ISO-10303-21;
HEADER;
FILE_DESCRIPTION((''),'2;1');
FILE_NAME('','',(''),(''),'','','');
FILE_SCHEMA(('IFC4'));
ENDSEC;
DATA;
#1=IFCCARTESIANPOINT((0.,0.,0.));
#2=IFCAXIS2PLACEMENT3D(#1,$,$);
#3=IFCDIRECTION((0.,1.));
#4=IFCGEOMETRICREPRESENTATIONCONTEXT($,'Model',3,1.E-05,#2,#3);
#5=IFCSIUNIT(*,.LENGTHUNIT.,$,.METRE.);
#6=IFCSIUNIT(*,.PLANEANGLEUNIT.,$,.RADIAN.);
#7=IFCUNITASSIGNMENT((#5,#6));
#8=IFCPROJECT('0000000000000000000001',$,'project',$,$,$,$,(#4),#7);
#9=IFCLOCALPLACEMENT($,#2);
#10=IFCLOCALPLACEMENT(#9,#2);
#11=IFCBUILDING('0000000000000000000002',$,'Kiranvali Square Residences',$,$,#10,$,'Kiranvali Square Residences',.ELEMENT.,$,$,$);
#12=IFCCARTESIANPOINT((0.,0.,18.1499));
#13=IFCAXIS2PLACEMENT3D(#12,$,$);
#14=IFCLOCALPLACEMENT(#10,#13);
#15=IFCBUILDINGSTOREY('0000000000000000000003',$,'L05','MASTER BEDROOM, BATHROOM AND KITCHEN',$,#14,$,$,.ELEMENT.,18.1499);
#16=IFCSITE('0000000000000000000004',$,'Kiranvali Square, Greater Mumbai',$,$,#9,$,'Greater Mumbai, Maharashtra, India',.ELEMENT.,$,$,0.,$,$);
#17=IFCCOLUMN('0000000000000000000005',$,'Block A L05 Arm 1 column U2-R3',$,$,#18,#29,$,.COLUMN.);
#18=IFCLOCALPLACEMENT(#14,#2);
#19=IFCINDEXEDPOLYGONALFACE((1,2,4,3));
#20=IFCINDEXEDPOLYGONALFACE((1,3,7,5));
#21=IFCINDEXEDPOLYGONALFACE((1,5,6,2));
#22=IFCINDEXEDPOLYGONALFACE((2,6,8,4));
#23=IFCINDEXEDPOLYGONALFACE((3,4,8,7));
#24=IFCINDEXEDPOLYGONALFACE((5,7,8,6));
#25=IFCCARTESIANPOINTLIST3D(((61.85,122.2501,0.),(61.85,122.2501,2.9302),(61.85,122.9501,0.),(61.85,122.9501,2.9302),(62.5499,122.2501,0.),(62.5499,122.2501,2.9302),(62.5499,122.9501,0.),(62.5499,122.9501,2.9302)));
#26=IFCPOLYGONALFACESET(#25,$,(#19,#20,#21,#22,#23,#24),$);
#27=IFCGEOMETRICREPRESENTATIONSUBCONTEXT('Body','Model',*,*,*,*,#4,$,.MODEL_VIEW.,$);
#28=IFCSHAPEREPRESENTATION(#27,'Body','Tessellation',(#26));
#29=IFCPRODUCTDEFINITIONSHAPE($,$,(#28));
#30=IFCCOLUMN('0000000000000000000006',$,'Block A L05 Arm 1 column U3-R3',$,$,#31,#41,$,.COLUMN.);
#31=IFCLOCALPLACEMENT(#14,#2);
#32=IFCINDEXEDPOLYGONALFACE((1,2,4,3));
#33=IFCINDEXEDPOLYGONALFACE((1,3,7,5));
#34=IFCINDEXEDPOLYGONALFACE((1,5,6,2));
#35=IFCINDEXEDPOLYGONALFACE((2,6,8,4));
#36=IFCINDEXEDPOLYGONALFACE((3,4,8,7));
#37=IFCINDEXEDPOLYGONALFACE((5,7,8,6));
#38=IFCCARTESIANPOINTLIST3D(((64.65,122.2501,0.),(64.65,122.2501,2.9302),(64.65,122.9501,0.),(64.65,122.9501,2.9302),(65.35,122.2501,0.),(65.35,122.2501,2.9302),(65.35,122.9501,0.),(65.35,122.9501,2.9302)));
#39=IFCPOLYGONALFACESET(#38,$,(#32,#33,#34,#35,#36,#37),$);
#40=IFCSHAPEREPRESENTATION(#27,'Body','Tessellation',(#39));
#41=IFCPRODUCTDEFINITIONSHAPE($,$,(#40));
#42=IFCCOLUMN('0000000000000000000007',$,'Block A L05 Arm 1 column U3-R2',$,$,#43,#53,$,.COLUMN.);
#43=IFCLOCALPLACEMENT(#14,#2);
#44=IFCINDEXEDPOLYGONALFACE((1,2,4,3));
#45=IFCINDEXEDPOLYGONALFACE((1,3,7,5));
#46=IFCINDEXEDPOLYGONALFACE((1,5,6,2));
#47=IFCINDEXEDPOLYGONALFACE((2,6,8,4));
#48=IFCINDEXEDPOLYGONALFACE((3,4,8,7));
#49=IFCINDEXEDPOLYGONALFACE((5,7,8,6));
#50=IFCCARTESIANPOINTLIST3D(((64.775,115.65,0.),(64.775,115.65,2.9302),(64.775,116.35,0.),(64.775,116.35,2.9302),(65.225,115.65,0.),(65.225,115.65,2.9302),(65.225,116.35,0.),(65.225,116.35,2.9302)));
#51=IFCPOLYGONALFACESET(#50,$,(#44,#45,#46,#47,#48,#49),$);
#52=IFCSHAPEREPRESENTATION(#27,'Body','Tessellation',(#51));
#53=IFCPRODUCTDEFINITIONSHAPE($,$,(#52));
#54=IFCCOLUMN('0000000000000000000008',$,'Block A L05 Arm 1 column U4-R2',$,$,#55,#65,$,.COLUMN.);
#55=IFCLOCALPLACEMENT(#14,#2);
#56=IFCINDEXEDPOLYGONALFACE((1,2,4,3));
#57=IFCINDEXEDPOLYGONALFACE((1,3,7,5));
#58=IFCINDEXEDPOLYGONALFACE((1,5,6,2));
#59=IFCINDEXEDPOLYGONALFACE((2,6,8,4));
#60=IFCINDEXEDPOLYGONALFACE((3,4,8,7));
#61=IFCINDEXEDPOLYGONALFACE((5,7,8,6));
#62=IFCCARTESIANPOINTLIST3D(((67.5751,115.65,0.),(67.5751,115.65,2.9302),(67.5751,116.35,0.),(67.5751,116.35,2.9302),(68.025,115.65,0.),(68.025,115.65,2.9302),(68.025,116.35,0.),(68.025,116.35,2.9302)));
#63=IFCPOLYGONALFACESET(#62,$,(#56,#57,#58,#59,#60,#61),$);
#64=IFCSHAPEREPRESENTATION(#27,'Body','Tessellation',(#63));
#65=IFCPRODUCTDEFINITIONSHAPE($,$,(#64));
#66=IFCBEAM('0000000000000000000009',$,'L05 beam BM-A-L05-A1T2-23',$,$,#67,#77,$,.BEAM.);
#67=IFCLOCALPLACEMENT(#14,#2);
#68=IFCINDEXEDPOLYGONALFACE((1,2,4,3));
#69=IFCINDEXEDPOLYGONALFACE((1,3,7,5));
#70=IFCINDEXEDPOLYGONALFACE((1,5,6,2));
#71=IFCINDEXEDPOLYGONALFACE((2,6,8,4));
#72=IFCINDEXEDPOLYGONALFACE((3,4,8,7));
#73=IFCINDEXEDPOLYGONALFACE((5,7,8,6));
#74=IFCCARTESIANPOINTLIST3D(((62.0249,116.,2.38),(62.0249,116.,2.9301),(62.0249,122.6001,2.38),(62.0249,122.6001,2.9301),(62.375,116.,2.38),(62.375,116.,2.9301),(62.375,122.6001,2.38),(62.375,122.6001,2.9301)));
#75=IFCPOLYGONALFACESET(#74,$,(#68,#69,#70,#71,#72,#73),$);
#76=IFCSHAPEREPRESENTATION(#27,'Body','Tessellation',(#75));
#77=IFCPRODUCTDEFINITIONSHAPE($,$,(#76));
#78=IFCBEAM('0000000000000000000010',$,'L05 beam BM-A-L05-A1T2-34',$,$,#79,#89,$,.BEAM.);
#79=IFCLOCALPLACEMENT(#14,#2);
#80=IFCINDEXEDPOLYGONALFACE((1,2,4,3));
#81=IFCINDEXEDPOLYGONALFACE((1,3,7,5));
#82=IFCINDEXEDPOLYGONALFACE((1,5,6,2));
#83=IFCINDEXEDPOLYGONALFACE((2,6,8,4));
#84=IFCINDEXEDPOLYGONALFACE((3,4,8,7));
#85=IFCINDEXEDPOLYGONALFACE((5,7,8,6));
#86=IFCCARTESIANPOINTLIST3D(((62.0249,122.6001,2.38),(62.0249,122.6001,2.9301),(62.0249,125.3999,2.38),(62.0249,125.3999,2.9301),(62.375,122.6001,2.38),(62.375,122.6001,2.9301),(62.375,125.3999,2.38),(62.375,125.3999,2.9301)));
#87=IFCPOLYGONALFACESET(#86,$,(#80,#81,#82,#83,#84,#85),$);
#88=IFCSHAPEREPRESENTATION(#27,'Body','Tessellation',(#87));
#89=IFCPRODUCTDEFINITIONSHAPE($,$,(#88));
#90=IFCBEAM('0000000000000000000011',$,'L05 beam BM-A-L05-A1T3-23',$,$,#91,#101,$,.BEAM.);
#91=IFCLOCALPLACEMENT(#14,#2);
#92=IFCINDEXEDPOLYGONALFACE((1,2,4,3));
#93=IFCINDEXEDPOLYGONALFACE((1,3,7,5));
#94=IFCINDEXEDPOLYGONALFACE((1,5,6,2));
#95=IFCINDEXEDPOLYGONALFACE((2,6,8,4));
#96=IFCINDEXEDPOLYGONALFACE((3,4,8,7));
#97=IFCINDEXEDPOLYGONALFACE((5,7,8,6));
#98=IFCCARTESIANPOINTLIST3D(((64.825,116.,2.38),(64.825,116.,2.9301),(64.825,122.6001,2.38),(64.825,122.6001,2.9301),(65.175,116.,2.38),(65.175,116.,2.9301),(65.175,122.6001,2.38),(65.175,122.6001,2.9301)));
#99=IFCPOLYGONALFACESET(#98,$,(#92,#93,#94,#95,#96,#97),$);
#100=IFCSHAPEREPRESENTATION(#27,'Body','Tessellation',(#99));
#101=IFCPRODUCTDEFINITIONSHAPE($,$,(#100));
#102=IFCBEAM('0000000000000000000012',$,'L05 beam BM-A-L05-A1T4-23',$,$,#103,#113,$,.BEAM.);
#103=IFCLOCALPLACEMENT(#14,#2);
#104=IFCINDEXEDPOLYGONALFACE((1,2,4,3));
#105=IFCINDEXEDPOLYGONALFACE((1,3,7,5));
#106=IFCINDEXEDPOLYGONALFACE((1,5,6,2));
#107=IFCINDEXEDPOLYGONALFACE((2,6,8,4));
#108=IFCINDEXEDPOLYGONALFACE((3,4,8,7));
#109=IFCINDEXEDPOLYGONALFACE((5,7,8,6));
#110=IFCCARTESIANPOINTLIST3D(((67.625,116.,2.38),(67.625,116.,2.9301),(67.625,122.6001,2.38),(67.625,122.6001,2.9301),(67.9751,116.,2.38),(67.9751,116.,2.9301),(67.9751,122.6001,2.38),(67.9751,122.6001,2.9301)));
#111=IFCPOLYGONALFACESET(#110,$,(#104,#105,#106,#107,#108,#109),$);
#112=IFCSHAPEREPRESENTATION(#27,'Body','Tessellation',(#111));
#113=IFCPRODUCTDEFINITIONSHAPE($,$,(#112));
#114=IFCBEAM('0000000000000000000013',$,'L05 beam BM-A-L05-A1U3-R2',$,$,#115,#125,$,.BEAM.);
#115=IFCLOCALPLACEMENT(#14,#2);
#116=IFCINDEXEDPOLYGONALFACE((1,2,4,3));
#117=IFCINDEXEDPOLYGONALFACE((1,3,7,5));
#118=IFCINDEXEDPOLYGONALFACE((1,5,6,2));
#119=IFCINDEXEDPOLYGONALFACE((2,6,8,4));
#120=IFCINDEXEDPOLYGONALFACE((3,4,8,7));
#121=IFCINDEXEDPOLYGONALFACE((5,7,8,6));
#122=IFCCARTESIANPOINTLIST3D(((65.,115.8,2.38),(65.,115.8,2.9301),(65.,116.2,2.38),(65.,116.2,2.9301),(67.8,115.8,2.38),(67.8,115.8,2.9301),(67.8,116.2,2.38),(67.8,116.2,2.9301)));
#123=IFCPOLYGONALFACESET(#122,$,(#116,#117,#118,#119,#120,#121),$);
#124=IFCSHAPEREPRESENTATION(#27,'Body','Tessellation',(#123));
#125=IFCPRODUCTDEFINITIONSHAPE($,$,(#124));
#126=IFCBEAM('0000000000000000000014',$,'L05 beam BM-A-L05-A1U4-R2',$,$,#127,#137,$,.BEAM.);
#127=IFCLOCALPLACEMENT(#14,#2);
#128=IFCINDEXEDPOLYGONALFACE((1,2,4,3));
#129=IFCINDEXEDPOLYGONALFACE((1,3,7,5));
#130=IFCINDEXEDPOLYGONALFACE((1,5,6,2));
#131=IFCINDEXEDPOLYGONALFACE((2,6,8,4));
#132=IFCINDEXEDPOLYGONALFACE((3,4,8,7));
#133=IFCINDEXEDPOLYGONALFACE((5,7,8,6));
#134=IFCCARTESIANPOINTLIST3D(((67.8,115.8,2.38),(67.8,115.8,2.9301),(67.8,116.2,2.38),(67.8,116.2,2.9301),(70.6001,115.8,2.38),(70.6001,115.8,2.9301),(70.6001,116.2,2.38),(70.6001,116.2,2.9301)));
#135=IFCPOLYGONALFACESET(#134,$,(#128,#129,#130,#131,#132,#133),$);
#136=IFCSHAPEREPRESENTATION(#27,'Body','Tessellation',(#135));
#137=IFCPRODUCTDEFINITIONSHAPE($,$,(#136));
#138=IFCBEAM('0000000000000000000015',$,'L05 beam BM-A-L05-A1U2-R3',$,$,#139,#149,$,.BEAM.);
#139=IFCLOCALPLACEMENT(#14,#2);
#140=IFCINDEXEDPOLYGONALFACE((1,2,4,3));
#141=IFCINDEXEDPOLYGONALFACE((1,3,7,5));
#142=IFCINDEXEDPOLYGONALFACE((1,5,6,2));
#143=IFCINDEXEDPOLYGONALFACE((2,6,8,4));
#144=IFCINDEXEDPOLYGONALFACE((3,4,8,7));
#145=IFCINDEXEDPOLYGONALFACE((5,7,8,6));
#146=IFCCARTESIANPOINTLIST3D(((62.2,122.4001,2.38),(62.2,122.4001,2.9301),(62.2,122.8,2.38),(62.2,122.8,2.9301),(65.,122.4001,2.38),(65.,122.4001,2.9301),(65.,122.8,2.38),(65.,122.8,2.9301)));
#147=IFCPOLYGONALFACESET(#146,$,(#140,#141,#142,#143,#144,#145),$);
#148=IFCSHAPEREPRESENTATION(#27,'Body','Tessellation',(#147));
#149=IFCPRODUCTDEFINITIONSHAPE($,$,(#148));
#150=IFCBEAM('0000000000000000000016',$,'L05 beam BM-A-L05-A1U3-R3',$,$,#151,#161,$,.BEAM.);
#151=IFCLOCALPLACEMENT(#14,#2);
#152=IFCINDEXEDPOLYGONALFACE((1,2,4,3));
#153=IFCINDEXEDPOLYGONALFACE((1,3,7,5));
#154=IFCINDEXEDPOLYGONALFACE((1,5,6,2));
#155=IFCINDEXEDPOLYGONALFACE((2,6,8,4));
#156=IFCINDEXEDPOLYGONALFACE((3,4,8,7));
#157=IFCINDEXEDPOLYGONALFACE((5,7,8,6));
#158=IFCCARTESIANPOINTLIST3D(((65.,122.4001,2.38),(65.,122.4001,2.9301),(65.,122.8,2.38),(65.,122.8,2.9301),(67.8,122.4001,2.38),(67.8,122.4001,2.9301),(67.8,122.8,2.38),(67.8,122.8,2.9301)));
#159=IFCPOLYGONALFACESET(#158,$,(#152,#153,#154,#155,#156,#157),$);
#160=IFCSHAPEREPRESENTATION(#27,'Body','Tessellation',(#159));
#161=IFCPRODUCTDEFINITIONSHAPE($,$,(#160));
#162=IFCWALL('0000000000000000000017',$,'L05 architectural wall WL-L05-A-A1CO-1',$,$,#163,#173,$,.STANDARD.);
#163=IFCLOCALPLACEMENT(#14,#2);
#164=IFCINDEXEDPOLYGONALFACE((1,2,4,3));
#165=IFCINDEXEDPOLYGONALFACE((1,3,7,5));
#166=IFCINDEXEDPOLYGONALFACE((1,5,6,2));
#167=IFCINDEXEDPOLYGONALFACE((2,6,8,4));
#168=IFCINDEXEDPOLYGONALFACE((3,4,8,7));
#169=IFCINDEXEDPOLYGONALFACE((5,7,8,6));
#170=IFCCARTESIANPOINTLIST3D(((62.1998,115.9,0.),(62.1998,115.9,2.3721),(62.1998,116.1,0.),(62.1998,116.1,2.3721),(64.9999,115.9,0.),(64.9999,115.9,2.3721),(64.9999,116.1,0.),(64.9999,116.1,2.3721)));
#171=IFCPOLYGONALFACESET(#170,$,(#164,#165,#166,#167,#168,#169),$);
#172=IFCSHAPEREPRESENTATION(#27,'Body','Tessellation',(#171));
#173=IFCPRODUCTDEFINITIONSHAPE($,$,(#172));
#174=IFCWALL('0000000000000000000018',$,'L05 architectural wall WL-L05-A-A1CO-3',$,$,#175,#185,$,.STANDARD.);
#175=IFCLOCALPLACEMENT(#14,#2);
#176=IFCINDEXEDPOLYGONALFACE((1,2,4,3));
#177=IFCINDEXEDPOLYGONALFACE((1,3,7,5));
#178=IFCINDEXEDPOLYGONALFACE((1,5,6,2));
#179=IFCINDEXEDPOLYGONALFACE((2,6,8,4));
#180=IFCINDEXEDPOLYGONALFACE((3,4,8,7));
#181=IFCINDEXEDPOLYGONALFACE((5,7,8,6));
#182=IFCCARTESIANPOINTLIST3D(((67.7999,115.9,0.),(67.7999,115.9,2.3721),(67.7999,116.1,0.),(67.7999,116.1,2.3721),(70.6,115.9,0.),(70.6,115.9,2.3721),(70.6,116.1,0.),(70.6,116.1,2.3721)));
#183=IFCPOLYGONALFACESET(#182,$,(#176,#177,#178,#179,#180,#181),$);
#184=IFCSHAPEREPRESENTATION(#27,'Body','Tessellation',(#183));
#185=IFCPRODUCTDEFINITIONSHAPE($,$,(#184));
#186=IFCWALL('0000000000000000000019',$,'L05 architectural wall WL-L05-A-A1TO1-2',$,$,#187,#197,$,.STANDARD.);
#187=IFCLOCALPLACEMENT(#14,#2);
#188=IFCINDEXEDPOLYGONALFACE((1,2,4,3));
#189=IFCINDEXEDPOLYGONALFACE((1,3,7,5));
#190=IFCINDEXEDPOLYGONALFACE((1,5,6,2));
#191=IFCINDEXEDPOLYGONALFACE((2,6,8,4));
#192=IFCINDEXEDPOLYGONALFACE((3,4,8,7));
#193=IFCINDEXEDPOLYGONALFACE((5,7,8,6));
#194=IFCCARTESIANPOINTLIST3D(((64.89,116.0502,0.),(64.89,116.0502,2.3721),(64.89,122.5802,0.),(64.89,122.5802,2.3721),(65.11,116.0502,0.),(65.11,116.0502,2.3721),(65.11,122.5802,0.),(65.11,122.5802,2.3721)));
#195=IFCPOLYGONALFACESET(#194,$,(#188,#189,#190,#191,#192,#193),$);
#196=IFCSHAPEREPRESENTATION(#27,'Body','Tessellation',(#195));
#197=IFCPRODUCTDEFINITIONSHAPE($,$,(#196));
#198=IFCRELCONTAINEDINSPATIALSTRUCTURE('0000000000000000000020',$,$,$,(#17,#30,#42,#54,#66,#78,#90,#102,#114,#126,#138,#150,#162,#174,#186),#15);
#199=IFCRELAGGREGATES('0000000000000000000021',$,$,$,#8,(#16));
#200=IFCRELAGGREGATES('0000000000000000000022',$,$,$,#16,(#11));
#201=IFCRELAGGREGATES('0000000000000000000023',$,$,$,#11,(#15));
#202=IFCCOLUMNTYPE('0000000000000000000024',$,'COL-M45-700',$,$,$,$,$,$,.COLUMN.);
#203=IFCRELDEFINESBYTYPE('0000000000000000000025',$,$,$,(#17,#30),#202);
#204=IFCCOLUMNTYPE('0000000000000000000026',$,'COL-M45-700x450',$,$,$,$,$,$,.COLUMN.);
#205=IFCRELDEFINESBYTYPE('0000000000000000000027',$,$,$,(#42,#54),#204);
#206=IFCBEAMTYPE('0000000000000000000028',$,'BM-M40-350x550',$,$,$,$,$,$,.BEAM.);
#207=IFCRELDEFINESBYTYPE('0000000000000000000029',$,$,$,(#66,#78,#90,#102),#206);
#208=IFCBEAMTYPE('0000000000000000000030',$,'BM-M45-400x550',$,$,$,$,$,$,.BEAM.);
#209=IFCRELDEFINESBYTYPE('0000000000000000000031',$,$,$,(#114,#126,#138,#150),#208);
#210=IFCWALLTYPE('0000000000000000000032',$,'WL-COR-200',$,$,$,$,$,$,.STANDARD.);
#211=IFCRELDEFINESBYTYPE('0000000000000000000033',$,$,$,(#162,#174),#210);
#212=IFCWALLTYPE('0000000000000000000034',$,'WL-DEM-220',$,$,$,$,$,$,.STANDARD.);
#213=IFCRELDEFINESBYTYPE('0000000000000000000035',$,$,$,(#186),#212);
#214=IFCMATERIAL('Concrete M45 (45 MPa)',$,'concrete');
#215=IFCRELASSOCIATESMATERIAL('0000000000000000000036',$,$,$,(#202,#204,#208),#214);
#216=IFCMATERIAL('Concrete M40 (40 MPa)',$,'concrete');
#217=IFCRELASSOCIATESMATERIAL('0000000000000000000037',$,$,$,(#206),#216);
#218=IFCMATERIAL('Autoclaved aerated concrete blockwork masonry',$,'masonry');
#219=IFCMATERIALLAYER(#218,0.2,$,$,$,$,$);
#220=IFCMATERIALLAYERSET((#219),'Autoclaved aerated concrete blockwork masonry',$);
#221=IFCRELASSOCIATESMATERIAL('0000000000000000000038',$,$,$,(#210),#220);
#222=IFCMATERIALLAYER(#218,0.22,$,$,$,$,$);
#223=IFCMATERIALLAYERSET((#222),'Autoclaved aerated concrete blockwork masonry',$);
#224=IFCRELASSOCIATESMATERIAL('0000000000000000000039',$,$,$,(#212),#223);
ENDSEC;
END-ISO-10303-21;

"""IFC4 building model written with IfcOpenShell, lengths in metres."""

from ifc_helpers import new_model, si_unit, direction, frame, frame_2d, origin, origin_2d, place, context, subcontext, project, spatial, rectangle, extrude, material, layer, layer_set, material_profile, profile_set, type_object, element, save


model = new_model("IFC4")

# Units and contexts
model_context = context("Model", 3, precision=1e-05, world=origin(), true_north=direction((0.0, 1.0)))
body_context = subcontext(model_context, "Body", "Model", "MODEL_VIEW")
ifc_project = project(units=[si_unit("LENGTHUNIT", "METRE"), si_unit("PLANEANGLEUNIT", "RADIAN")], contexts=[model_context])

# Site, building, storey
site_placement = place(None, origin())
site = spatial("IfcSite", under=ifc_project, at=site_placement, Name="Kiranvali Square, Greater Mumbai", LongName="Greater Mumbai, Maharashtra, India", CompositionType="ELEMENT", RefElevation=0.0)
building_placement = place(site_placement, origin())
building = spatial("IfcBuilding", under=site, at=building_placement, Name="Kiranvali Square Residences", LongName="Kiranvali Square Residences", CompositionType="ELEMENT")
storey_placement = place(building_placement, frame((0.0, 0.0, 18.1499)))
storey = spatial("IfcBuildingStorey", under=building, at=storey_placement, Name="L05", Description="MASTER BEDROOM, BATHROOM AND KITCHEN", CompositionType="ELEMENT", Elevation=18.1499)

# Columns
ifc_material_1 = material(Name="Concrete M45 (45 MPa)", Category="concrete")
ifc_material_profile_1 = material_profile(ifc_material_1, rectangle(XDim=0.7, YDim=0.7, at=origin_2d()), Name="RC 700x700")
ifc_profile_set_1 = profile_set([ifc_material_profile_1], Name="Concrete M45 (45 MPa)")
column_type_1 = type_object("IfcColumnType", Name="COL-M45-700", PredefinedType="COLUMN", material=ifc_profile_set_1)
for number, where, z_axis, x_axis, name in (
    (1, (62.2, 122.6001, 0.0), (0.0, 0.0, 1.0), (1.0, 0.0, 0.0), "Block A L05 Arm 1 column U2-R3"),
    (2, (65.0, 122.6001, 0.0), (0.0, 0.0, 1.0), (1.0, 0.0, 0.0), "Block A L05 Arm 1 column U3-R3"),
):
    element("IfcColumn", number, at=place(storey_placement, frame(where, z_axis=z_axis, x_axis=x_axis)), inside=storey, type_object=column_type_1, Name=name, PredefinedType="COLUMN", context=body_context, shape_type="SweptSolid", body=[
        extrude(rectangle(XDim=0.7, YDim=0.7, at=origin_2d()), origin(), (0.0, 0.0, 1.0), 2.9302),
    ])
ifc_material_profile_2 = material_profile(ifc_material_1, rectangle(XDim=0.45, YDim=0.7, at=origin_2d()), Name="RC 700x450")
ifc_profile_set_2 = profile_set([ifc_material_profile_2], Name="Concrete M45 (45 MPa)")
column_type_2 = type_object("IfcColumnType", Name="COL-M45-700x450", PredefinedType="COLUMN", material=ifc_profile_set_2)
for number, where, z_axis, x_axis, name in (
    (3, (65.0, 116.0, 0.0), (0.0, 0.0, 1.0), (1.0, 0.0, 0.0), "Block A L05 Arm 1 column U3-R2"),
    (4, (67.8, 116.0, 0.0), (0.0, 0.0, 1.0), (1.0, 0.0, 0.0), "Block A L05 Arm 1 column U4-R2"),
):
    element("IfcColumn", number, at=place(storey_placement, frame(where, z_axis=z_axis, x_axis=x_axis)), inside=storey, type_object=column_type_2, Name=name, PredefinedType="COLUMN", context=body_context, shape_type="SweptSolid", body=[
        extrude(rectangle(XDim=0.45, YDim=0.7, at=origin_2d()), origin(), (0.0, 0.0, 1.0), 2.9302),
    ])

# Beams
ifc_material_2 = material(Name="Concrete M40 (40 MPa)", Category="concrete")
ifc_material_profile_3 = material_profile(ifc_material_2, rectangle(XDim=0.3501, YDim=0.55, at=origin_2d()), Name="RC 350x550")
ifc_profile_set_3 = profile_set([ifc_material_profile_3], Name="Concrete M40 (40 MPa)")
beam_type_1 = type_object("IfcBeamType", Name="BM-M40-350x550", PredefinedType="BEAM", material=ifc_profile_set_3)
beam_1_placement = place(storey_placement, frame((62.2, 116.0, 2.655), z_axis=(0.0, 1.0, 0.0), x_axis=(-1.0, 0.0, 0.0)))
element("IfcBeam", 5, at=beam_1_placement, inside=storey, type_object=beam_type_1, Name="L05 beam BM-A-L05-A1T2-23", PredefinedType="BEAM", context=body_context, shape_type="SweptSolid", body=[
    extrude(rectangle(XDim=0.3501, YDim=0.55, at=origin_2d()), origin(), (0.0, 0.0, 1.0), 6.6001),
])
beam_2_placement = place(storey_placement, frame((62.2, 122.6001, 2.655), z_axis=(0.0, 1.0, 0.0), x_axis=(-1.0, 0.0, 0.0)))
element("IfcBeam", 6, at=beam_2_placement, inside=storey, type_object=beam_type_1, Name="L05 beam BM-A-L05-A1T2-34", PredefinedType="BEAM", context=body_context, shape_type="SweptSolid", body=[
    extrude(rectangle(XDim=0.3501, YDim=0.55, at=origin_2d()), origin(), (0.0, 0.0, 1.0), 2.7998),
])
for number, where, z_axis, x_axis, name in (
    (7, (65.0, 116.0, 2.655), (0.0, 1.0, 0.0), (-1.0, 0.0, 0.0), "L05 beam BM-A-L05-A1T3-23"),
    (8, (67.8, 116.0, 2.655), (0.0, 1.0, 0.0), (-1.0, 0.0, 0.0), "L05 beam BM-A-L05-A1T4-23"),
):
    element("IfcBeam", number, at=place(storey_placement, frame(where, z_axis=z_axis, x_axis=x_axis)), inside=storey, type_object=beam_type_1, Name=name, PredefinedType="BEAM", context=body_context, shape_type="SweptSolid", body=[
        extrude(rectangle(XDim=0.3501, YDim=0.55, at=origin_2d()), origin(), (0.0, 0.0, 1.0), 6.6001),
    ])
ifc_material_profile_4 = material_profile(ifc_material_1, rectangle(XDim=0.3999, YDim=0.55, at=origin_2d()), Name="RC 400x550")
ifc_profile_set_4 = profile_set([ifc_material_profile_4], Name="Concrete M45 (45 MPa)")
beam_type_2 = type_object("IfcBeamType", Name="BM-M45-400x550", PredefinedType="BEAM", material=ifc_profile_set_4)
for number, where, z_axis, x_axis, name in (
    (9, (65.0, 116.0, 2.655), (1.0, 0.0, 0.0), (0.0, 1.0, 0.0), "L05 beam BM-A-L05-A1U3-R2"),
    (10, (67.8, 116.0, 2.655), (1.0, 0.0, 0.0), (0.0, 1.0, 0.0), "L05 beam BM-A-L05-A1U4-R2"),
    (11, (62.2, 122.6001, 2.655), (1.0, 0.0, 0.0), (0.0, 1.0, 0.0), "L05 beam BM-A-L05-A1U2-R3"),
    (12, (65.0, 122.6001, 2.655), (1.0, 0.0, 0.0), (0.0, 1.0, 0.0), "L05 beam BM-A-L05-A1U3-R3"),
):
    element("IfcBeam", number, at=place(storey_placement, frame(where, z_axis=z_axis, x_axis=x_axis)), inside=storey, type_object=beam_type_2, Name=name, PredefinedType="BEAM", context=body_context, shape_type="SweptSolid", body=[
        extrude(rectangle(XDim=0.3999, YDim=0.55, at=origin_2d()), origin(), (0.0, 0.0, 1.0), 2.8),
    ])

# Wall
ifc_material_3 = material(Name="Autoclaved aerated concrete blockwork masonry", Category="masonry")
ifc_layer_1 = layer(ifc_material_3, 0.2)
ifc_layer_set_1 = layer_set([ifc_layer_1], Name="Autoclaved aerated concrete blockwork masonry")
wall_type_1 = type_object("IfcWallType", Name="WL-COR-200", PredefinedType="STANDARD", material=ifc_layer_set_1)
wall_1_placement = place(storey_placement, frame((62.2, 116.0, 0.0), z_axis=(0.0, 0.0, 1.0), x_axis=(1.0, 0.0, 0.0)))
element("IfcWall", 13, at=wall_1_placement, inside=storey, type_object=wall_type_1, Name="L05 architectural wall WL-L05-A-A1CO-1", PredefinedType="STANDARD", context=body_context, shape_type="SweptSolid", body=[
    extrude(rectangle(XDim=2.8, YDim=0.2, at=frame_2d((1.3999, 0.0))), origin(), (0.0, 0.0, 1.0), 2.3721),
])

# Walls
wall_2_placement = place(storey_placement, frame((67.8, 116.0, 0.0), z_axis=(0.0, 0.0, 1.0), x_axis=(1.0, 0.0, 0.0)))
element("IfcWall", 14, at=wall_2_placement, inside=storey, type_object=wall_type_1, Name="L05 architectural wall WL-L05-A-A1CO-3", PredefinedType="STANDARD", context=body_context, shape_type="SweptSolid", body=[
    extrude(rectangle(XDim=2.8, YDim=0.2, at=frame_2d((1.3999, 0.0))), origin(), (0.0, 0.0, 1.0), 2.3721),
])
ifc_layer_2 = layer(ifc_material_3, 0.22)
ifc_layer_set_2 = layer_set([ifc_layer_2], Name="Autoclaved aerated concrete blockwork masonry")
wall_type_2 = type_object("IfcWallType", Name="WL-DEM-220", PredefinedType="STANDARD", material=ifc_layer_set_2)
wall_3_placement = place(storey_placement, frame((65.0, 116.05, 0.0), z_axis=(0.0, 0.0, 1.0), x_axis=(0.0, 1.0, 0.0)))
element("IfcWall", 15, at=wall_3_placement, inside=storey, type_object=wall_type_2, Name="L05 architectural wall WL-L05-A-A1TO1-2", PredefinedType="STANDARD", context=body_context, shape_type="SweptSolid", body=[
    extrude(rectangle(XDim=6.53, YDim=0.22, at=frame_2d((3.2651, 0.0))), origin(), (0.0, 0.0, 1.0), 2.3721),
])

save(model, "model.ifc")
